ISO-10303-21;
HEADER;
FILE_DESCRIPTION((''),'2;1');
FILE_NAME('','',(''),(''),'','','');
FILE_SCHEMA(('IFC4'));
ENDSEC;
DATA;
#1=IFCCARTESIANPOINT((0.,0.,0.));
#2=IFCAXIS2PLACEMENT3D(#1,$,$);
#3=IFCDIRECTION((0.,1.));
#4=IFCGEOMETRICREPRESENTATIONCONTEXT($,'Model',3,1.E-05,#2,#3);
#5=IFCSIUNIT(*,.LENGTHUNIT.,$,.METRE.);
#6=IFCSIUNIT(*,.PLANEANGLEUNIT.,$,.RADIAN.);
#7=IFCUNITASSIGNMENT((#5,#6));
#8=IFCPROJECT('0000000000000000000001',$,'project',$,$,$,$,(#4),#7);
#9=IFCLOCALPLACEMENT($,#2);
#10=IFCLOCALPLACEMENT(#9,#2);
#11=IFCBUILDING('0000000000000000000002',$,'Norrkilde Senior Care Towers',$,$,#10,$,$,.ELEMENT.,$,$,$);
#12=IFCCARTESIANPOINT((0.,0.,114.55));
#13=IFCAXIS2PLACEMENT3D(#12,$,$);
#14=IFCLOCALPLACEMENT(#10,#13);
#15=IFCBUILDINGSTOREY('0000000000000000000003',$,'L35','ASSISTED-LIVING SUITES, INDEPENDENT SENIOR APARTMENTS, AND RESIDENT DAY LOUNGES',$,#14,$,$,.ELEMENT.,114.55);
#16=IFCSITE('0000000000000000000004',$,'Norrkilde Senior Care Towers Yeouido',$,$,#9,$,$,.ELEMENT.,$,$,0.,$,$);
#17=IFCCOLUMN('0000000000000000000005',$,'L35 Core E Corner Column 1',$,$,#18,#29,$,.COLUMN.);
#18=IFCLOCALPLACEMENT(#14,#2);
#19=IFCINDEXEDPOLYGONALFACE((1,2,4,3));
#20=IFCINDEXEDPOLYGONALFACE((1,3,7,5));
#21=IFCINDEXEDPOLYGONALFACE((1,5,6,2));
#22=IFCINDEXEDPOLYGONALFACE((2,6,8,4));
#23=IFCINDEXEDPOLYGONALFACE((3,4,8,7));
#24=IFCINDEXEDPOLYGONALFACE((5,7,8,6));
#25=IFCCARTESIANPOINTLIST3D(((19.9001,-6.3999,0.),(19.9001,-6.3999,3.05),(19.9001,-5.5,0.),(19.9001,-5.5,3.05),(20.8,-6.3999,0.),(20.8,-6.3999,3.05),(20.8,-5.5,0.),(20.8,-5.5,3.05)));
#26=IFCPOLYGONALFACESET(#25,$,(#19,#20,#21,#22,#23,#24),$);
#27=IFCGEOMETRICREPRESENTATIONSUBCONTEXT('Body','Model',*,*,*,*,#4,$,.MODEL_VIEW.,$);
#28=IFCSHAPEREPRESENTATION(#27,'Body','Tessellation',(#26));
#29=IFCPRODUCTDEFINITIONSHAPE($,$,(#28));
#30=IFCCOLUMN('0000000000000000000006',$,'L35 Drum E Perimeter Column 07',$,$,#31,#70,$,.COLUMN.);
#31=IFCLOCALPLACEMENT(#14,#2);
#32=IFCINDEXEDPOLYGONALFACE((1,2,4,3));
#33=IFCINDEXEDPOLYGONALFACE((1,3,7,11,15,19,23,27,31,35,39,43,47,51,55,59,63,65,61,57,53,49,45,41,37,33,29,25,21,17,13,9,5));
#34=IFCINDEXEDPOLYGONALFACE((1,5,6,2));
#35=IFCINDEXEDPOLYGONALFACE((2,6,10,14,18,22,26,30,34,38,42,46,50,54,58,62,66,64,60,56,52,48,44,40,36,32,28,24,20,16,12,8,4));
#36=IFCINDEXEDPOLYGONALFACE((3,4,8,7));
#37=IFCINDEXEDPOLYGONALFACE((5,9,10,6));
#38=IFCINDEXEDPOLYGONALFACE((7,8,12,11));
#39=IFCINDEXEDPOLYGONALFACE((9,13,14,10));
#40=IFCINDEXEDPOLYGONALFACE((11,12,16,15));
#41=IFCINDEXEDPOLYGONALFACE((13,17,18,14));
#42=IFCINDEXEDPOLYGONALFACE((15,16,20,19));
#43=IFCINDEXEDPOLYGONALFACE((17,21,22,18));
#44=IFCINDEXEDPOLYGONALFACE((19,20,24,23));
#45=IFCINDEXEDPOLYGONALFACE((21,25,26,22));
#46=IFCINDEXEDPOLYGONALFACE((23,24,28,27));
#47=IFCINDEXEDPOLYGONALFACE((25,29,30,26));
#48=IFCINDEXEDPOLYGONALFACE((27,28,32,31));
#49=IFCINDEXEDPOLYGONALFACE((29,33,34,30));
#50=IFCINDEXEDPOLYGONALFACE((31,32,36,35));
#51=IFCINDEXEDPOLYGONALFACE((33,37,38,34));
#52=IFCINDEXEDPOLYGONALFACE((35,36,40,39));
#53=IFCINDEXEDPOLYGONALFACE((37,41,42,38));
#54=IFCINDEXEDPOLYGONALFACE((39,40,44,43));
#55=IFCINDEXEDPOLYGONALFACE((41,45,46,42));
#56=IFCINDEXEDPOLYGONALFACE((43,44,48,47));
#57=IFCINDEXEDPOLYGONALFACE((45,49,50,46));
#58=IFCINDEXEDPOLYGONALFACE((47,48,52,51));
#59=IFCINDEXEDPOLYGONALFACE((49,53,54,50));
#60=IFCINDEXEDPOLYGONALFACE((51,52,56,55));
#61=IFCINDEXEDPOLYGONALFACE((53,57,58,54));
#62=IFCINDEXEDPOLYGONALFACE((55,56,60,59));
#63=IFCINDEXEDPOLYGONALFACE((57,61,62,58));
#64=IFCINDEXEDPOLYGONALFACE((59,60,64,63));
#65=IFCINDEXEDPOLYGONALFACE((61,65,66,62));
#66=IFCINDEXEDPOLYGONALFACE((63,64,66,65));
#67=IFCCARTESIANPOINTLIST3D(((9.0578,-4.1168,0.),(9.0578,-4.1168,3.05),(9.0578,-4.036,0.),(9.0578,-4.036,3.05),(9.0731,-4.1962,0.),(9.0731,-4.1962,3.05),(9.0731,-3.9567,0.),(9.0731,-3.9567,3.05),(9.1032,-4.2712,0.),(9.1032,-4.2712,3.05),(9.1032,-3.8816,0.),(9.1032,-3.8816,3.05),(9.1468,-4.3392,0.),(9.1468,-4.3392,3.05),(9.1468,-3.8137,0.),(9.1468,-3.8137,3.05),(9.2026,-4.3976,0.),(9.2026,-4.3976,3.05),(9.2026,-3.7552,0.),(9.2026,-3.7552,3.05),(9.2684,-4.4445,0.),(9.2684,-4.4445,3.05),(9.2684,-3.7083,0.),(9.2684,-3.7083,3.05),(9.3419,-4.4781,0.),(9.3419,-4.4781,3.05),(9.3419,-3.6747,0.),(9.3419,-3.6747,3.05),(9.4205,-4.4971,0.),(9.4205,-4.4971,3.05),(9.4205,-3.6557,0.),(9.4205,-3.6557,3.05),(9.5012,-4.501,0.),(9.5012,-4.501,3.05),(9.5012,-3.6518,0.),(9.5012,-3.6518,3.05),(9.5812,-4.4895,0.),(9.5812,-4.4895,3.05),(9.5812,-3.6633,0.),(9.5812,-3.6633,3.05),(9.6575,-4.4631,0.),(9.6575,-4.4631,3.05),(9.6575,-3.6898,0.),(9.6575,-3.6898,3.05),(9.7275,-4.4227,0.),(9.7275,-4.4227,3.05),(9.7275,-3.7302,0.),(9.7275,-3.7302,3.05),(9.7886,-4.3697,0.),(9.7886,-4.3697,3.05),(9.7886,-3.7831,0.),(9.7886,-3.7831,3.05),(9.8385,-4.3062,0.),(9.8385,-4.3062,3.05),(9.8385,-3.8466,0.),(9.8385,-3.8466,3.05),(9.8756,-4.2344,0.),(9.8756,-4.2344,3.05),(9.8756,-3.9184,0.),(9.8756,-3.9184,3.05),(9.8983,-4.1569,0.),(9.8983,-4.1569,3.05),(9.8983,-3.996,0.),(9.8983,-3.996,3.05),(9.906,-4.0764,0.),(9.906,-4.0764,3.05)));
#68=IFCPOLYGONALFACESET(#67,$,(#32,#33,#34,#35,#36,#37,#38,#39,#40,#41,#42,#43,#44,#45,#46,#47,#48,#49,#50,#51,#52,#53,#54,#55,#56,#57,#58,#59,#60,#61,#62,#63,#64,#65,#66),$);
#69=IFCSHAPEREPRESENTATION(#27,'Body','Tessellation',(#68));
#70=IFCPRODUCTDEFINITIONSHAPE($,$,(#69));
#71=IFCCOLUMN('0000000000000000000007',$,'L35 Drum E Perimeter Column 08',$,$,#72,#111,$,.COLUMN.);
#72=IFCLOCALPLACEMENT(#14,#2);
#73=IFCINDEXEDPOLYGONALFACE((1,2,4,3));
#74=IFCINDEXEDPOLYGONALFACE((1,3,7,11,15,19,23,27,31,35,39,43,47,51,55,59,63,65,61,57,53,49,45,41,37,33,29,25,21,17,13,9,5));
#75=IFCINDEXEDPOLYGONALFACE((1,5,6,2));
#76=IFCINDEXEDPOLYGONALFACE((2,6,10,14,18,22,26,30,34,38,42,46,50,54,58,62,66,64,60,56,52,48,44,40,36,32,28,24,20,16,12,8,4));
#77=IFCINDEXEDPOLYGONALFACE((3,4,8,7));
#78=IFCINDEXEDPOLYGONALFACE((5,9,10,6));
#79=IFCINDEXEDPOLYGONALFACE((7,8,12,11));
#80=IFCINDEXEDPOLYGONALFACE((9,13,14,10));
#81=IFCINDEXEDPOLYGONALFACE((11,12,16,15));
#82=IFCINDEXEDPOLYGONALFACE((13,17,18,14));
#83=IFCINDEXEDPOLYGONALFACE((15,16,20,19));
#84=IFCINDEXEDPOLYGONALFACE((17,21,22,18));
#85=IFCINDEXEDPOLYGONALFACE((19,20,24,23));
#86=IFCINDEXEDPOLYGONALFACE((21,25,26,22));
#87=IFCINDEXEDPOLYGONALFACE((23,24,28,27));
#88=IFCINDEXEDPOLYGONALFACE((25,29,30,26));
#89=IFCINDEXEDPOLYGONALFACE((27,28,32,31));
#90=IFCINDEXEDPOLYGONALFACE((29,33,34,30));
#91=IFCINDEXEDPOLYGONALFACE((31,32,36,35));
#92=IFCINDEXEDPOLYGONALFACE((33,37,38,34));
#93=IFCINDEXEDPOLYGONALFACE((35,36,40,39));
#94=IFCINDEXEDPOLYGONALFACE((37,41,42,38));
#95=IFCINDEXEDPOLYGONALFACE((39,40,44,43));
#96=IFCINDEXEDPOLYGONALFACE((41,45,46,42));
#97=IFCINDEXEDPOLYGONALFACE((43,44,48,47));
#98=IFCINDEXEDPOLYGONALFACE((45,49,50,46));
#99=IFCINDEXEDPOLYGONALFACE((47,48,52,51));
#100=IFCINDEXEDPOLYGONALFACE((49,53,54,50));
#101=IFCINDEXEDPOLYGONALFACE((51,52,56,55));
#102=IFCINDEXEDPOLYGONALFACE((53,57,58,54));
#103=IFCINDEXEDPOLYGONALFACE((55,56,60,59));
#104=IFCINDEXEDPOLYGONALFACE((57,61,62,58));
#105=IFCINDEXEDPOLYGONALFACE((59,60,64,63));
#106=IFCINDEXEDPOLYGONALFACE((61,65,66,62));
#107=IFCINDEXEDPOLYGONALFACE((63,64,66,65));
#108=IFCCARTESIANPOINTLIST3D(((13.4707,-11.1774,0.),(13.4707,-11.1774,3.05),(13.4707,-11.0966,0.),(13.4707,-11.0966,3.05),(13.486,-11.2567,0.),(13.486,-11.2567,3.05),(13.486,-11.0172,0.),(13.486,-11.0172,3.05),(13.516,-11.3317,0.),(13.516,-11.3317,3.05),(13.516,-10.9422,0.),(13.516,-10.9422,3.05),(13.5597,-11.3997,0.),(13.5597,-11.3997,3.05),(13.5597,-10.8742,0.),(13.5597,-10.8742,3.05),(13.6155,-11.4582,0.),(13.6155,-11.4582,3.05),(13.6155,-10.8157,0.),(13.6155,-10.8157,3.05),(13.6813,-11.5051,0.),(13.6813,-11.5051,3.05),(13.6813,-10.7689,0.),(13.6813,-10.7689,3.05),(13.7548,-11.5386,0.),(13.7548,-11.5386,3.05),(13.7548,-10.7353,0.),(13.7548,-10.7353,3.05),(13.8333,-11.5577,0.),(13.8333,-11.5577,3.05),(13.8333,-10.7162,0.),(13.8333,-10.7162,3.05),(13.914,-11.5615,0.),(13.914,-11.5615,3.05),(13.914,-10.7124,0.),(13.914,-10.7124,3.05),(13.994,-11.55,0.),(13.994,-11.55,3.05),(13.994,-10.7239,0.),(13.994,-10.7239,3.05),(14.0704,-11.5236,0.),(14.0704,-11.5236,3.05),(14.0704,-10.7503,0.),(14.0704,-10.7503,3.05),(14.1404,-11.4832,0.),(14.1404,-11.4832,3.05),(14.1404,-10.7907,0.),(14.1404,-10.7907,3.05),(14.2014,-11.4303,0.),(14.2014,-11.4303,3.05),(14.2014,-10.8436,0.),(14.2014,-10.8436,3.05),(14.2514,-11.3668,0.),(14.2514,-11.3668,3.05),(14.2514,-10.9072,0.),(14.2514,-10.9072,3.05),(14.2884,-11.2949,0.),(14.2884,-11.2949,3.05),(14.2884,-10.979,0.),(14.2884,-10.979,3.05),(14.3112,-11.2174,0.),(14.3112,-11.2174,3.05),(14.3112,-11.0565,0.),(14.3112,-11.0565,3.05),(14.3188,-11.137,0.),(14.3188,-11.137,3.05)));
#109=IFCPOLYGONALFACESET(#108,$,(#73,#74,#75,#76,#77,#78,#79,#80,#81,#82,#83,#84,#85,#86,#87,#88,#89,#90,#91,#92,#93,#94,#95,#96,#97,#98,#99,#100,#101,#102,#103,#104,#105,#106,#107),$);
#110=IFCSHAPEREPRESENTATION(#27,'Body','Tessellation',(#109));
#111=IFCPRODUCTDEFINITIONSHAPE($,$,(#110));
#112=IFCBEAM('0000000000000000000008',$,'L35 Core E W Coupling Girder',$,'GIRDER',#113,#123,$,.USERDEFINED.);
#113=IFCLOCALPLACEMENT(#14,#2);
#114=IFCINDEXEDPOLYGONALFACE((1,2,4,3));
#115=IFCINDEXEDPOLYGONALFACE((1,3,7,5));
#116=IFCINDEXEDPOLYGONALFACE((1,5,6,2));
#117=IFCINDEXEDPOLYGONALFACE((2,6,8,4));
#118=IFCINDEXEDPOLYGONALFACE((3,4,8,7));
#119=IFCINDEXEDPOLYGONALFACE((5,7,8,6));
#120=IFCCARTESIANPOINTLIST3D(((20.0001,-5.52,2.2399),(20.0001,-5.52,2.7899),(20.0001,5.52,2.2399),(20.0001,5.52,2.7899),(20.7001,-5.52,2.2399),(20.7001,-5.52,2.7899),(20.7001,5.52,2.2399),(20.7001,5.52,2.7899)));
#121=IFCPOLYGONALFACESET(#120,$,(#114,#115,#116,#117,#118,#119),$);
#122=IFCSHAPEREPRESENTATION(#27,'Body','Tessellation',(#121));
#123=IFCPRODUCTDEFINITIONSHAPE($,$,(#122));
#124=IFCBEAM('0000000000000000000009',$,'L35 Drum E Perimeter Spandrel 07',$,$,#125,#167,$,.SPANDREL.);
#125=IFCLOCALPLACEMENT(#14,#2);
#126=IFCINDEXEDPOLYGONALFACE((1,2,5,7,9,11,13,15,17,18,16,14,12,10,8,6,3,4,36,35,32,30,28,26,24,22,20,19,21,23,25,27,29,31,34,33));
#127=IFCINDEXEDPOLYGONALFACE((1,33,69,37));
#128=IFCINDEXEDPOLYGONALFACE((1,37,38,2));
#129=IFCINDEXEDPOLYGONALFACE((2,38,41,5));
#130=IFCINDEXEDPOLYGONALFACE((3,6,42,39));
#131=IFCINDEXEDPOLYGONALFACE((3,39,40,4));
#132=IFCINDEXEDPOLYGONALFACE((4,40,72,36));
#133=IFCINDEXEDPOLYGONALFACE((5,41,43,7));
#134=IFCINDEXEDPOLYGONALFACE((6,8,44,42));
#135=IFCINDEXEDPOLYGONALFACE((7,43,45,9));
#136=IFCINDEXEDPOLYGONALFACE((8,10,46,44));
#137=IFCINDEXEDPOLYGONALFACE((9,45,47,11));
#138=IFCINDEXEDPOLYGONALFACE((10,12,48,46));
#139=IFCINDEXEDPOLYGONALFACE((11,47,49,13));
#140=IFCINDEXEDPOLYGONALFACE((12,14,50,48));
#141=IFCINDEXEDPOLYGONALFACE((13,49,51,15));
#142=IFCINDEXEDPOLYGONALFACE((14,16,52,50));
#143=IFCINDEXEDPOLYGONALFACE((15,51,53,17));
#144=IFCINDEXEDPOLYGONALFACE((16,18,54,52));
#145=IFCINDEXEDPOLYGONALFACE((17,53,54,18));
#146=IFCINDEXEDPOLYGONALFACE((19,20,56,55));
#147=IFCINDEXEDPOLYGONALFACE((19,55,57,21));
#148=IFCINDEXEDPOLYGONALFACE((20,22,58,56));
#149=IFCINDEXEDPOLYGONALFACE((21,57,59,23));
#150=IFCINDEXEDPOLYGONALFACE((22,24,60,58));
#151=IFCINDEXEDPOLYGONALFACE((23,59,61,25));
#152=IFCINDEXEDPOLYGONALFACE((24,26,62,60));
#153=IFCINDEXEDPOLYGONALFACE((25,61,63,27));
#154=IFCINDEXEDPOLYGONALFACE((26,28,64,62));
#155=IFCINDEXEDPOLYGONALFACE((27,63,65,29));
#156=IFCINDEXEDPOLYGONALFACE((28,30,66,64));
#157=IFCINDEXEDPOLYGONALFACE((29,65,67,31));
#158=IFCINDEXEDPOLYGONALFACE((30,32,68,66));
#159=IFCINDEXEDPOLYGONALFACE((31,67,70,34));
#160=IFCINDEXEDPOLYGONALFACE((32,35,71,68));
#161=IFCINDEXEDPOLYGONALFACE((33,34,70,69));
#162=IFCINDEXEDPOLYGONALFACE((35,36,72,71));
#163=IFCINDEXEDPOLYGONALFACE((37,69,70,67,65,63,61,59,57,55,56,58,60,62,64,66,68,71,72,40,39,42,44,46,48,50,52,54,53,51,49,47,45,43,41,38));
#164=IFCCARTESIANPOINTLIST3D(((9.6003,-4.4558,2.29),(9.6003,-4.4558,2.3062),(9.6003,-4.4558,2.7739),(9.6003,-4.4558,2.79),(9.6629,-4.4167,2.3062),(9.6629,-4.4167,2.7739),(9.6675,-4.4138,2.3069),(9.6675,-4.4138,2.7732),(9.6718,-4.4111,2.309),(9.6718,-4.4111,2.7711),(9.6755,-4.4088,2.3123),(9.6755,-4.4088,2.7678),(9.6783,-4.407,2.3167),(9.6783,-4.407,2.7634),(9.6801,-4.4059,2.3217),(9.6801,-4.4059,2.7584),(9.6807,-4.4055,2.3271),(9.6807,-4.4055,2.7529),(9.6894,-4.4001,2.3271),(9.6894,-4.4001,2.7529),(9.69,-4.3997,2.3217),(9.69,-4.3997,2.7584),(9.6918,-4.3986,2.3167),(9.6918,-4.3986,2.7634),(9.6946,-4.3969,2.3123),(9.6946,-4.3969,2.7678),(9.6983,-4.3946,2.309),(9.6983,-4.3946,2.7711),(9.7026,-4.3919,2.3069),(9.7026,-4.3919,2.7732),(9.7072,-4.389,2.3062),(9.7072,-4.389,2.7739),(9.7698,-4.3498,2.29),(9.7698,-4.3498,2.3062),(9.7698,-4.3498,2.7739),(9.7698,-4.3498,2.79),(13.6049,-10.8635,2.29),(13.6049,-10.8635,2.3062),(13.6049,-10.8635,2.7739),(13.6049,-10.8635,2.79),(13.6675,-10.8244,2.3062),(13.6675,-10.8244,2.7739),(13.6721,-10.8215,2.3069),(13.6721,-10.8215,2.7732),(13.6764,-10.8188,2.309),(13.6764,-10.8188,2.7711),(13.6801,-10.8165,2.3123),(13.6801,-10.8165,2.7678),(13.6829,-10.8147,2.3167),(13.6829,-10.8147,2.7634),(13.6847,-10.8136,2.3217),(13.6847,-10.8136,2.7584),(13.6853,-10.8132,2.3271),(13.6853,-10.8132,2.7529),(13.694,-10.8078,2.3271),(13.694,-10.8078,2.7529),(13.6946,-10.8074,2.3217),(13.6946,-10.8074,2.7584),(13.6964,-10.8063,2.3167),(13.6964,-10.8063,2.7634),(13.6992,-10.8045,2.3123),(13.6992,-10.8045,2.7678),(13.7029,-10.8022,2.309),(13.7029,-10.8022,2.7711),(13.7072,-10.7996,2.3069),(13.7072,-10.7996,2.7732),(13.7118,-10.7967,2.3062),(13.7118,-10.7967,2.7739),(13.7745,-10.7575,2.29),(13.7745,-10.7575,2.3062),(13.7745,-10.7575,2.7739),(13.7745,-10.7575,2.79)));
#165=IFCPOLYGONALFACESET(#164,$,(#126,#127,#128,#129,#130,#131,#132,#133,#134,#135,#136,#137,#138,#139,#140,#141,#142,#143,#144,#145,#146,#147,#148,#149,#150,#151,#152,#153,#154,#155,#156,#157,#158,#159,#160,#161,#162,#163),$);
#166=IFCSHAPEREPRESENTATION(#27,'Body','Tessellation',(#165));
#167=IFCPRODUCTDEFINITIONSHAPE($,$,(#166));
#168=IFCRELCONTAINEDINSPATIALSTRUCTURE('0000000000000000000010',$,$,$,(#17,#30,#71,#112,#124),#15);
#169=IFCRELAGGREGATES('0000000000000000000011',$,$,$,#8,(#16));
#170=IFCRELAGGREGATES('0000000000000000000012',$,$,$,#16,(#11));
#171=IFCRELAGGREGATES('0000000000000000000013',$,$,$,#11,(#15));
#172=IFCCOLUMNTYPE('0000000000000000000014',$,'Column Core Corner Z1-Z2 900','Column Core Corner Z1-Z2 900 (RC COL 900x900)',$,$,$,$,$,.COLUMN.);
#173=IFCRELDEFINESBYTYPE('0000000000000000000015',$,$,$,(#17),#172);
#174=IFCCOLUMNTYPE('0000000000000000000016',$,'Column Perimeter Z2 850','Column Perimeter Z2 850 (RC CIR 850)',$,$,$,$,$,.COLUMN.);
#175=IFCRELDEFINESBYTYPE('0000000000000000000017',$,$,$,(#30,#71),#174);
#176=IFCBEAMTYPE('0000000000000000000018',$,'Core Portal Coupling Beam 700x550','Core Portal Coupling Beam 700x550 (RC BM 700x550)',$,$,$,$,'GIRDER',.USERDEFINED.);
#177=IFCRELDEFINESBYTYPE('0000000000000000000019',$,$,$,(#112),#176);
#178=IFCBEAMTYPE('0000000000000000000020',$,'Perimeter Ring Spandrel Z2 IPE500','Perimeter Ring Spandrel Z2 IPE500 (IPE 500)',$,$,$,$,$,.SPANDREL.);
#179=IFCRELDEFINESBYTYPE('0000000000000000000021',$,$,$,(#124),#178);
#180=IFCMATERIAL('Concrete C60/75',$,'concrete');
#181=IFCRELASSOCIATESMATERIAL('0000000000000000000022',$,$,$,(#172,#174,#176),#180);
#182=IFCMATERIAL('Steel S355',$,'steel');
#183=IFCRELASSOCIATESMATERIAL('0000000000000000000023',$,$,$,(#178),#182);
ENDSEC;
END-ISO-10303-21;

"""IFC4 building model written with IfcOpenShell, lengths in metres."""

from ifc_helpers import new_model, si_unit, direction, frame, origin, origin_2d, place, context, subcontext, project, spatial, rectangle, circle, i_section, extrude, source, transform, mapped, material, material_profile, profile_set, type_object, type_shapes, element, save


model = new_model("IFC4")

# Units and contexts
model_context = context("Model", 3, precision=1e-05, world=origin(), true_north=direction((0.0, 1.0)))
body_context = subcontext(model_context, "Body", "Model", "MODEL_VIEW")
ifc_project = project(units=[si_unit("LENGTHUNIT", "METRE"), si_unit("PLANEANGLEUNIT", "RADIAN")], contexts=[model_context])

# Site, building, storey
site_placement = place(None, origin())
site = spatial("IfcSite", under=ifc_project, at=site_placement, Name="Norrkilde Senior Care Towers Yeouido", CompositionType="ELEMENT", RefElevation=0.0)
building_placement = place(site_placement, origin())
building = spatial("IfcBuilding", under=site, at=building_placement, Name="Norrkilde Senior Care Towers", CompositionType="ELEMENT")
storey_placement = place(building_placement, frame((0.0, 0.0, 114.55)))
storey = spatial("IfcBuildingStorey", under=building, at=storey_placement, Name="L35", Description="ASSISTED-LIVING SUITES, INDEPENDENT SENIOR APARTMENTS, AND RESIDENT DAY LOUNGES", CompositionType="ELEMENT", Elevation=114.55)

# Columns
ifc_material_1 = material(Name="Concrete C60/75", Category="concrete")
ifc_material_profile_1 = material_profile(ifc_material_1, rectangle(XDim=0.8999, YDim=0.8999, at=origin_2d()), Name="RC COL 900x900")
ifc_profile_set_1 = profile_set([ifc_material_profile_1], Name="Concrete C60/75")
column_type_1 = type_object("IfcColumnType", Name="Column Core Corner Z1-Z2 900", Description="Column Core Corner Z1-Z2 900 (RC COL 900x900)", PredefinedType="COLUMN", material=ifc_profile_set_1)
shared_shape_1 = source(origin(), body_context, "Body", "SweptSolid", [
    extrude(rectangle(XDim=0.8999, YDim=0.8999, at=origin_2d()), origin(), (0.0, 0.0, 1.0), 3.05),
])
type_shapes(column_type_1, [shared_shape_1])
column_placement = place(storey_placement, frame((20.3501, -5.95, 0.0), z_axis=(0.0, 0.0, 1.0), x_axis=(1.0, 0.0, 0.0)))
element("IfcColumn", 1, at=column_placement, inside=storey, type_object=column_type_1, Name="L35 Core E Corner Column 1", PredefinedType="COLUMN", context=body_context, shape_type="MappedRepresentation", body=[
    mapped(shared_shape_1, transform((0.0, 0.0, 0.0), x_axis=(1.0, 0.0, 0.0), y_axis=(0.0, 1.0, 0.0), z_axis=(0.0, 0.0, 1.0), scale=1.0)),
])
ifc_material_profile_2 = material_profile(ifc_material_1, circle(Radius=0.425, at=origin_2d()), Name="RC CIR 850")
ifc_profile_set_2 = profile_set([ifc_material_profile_2], Name="Concrete C60/75")
column_type_2 = type_object("IfcColumnType", Name="Column Perimeter Z2 850", Description="Column Perimeter Z2 850 (RC CIR 850)", PredefinedType="COLUMN", material=ifc_profile_set_2)
shared_shape_2 = source(origin(), body_context, "Body", "SweptSolid", [
    extrude(circle(Radius=0.425, at=origin_2d()), origin(), (0.0, 0.0, 1.0), 3.05),
])
type_shapes(column_type_2, [shared_shape_2])
for number, where, z_axis, x_axis, name in (
    (2, (9.481, -4.0764, 0.0), (0.0, 0.0, 1.0), (1.0, 0.0, 0.0), "L35 Drum E Perimeter Column 07"),
    (3, (13.8938, -11.137, 0.0), (0.0, 0.0, 1.0), (1.0, 0.0, 0.0), "L35 Drum E Perimeter Column 08"),
):
    element("IfcColumn", number, at=place(storey_placement, frame(where, z_axis=z_axis, x_axis=x_axis)), inside=storey, type_object=column_type_2, Name=name, PredefinedType="COLUMN", context=body_context, shape_type="MappedRepresentation", body=[
        mapped(shared_shape_2, transform((0.0, 0.0, 0.0), x_axis=(1.0, 0.0, 0.0), y_axis=(0.0, 1.0, 0.0), z_axis=(0.0, 0.0, 1.0), scale=1.0)),
    ])

# Beams
ifc_material_profile_3 = material_profile(ifc_material_1, rectangle(XDim=0.7, YDim=0.55, at=origin_2d()), Name="RC BM 700x550")
ifc_profile_set_3 = profile_set([ifc_material_profile_3], Name="Concrete C60/75")
beam_type_1 = type_object("IfcBeamType", Name="Core Portal Coupling Beam 700x550", Description="Core Portal Coupling Beam 700x550 (RC BM 700x550)", ElementType="GIRDER", PredefinedType="USERDEFINED", material=ifc_profile_set_3)
shared_shape_3 = source(origin(), body_context, "Body", "SweptSolid", [
    extrude(rectangle(XDim=0.7, YDim=0.55, at=origin_2d()), origin(), (0.0, 0.0, 1.0), 11.04),
])
type_shapes(beam_type_1, [shared_shape_3])
beam_1_placement = place(storey_placement, frame((20.3501, -5.52, 2.5149), z_axis=(0.0, 1.0, 0.0), x_axis=(-1.0, 0.0, 0.0)))
element("IfcBeam", 4, at=beam_1_placement, inside=storey, type_object=beam_type_1, Name="L35 Core E W Coupling Girder", ObjectType="GIRDER", PredefinedType="USERDEFINED", context=body_context, shape_type="MappedRepresentation", body=[
    mapped(shared_shape_3, transform((0.0, 0.0, 0.0), x_axis=(1.0, 0.0, 0.0), y_axis=(0.0, 1.0, 0.0), z_axis=(0.0, 0.0, 1.0), scale=1.0)),
])
ifc_material_2 = material(Name="Steel S355", Category="steel")
ifc_material_profile_4 = material_profile(ifc_material_2, i_section(OverallWidth=0.2, OverallDepth=0.5, WebThickness=0.0103, FlangeThickness=0.0161, FilletRadius=0.021, at=origin_2d()), Name="IPE 500")
ifc_profile_set_4 = profile_set([ifc_material_profile_4], Name="Steel S355")
beam_type_2 = type_object("IfcBeamType", Name="Perimeter Ring Spandrel Z2 IPE500", Description="Perimeter Ring Spandrel Z2 IPE500 (IPE 500)", PredefinedType="SPANDREL", material=ifc_profile_set_4)
shared_shape_4 = source(origin(), body_context, "Body", "SweptSolid", [
    extrude(i_section(OverallWidth=0.2, OverallDepth=0.5, WebThickness=0.0103, FlangeThickness=0.0161, FilletRadius=0.021, at=origin_2d()), origin(), (0.0, 0.0, 1.0), 7.5562),
])
beam_2_placement = place(storey_placement, frame((9.6851, -4.4028, 2.54), z_axis=(0.529982, -0.848009, 0.0), x_axis=(0.848009, 0.529982, 0.0)))
element("IfcBeam", 5, at=beam_2_placement, inside=storey, type_object=beam_type_2, Name="L35 Drum E Perimeter Spandrel 07", PredefinedType="SPANDREL", context=body_context, shape_type="MappedRepresentation", body=[
    mapped(shared_shape_4, transform((0.0, 0.0, 0.0), x_axis=(1.0, 0.0, 0.0), y_axis=(0.0, 1.0, 0.0), z_axis=(0.0, 0.0, 1.0), scale=1.0)),
])

save(model, "model.ifc")
